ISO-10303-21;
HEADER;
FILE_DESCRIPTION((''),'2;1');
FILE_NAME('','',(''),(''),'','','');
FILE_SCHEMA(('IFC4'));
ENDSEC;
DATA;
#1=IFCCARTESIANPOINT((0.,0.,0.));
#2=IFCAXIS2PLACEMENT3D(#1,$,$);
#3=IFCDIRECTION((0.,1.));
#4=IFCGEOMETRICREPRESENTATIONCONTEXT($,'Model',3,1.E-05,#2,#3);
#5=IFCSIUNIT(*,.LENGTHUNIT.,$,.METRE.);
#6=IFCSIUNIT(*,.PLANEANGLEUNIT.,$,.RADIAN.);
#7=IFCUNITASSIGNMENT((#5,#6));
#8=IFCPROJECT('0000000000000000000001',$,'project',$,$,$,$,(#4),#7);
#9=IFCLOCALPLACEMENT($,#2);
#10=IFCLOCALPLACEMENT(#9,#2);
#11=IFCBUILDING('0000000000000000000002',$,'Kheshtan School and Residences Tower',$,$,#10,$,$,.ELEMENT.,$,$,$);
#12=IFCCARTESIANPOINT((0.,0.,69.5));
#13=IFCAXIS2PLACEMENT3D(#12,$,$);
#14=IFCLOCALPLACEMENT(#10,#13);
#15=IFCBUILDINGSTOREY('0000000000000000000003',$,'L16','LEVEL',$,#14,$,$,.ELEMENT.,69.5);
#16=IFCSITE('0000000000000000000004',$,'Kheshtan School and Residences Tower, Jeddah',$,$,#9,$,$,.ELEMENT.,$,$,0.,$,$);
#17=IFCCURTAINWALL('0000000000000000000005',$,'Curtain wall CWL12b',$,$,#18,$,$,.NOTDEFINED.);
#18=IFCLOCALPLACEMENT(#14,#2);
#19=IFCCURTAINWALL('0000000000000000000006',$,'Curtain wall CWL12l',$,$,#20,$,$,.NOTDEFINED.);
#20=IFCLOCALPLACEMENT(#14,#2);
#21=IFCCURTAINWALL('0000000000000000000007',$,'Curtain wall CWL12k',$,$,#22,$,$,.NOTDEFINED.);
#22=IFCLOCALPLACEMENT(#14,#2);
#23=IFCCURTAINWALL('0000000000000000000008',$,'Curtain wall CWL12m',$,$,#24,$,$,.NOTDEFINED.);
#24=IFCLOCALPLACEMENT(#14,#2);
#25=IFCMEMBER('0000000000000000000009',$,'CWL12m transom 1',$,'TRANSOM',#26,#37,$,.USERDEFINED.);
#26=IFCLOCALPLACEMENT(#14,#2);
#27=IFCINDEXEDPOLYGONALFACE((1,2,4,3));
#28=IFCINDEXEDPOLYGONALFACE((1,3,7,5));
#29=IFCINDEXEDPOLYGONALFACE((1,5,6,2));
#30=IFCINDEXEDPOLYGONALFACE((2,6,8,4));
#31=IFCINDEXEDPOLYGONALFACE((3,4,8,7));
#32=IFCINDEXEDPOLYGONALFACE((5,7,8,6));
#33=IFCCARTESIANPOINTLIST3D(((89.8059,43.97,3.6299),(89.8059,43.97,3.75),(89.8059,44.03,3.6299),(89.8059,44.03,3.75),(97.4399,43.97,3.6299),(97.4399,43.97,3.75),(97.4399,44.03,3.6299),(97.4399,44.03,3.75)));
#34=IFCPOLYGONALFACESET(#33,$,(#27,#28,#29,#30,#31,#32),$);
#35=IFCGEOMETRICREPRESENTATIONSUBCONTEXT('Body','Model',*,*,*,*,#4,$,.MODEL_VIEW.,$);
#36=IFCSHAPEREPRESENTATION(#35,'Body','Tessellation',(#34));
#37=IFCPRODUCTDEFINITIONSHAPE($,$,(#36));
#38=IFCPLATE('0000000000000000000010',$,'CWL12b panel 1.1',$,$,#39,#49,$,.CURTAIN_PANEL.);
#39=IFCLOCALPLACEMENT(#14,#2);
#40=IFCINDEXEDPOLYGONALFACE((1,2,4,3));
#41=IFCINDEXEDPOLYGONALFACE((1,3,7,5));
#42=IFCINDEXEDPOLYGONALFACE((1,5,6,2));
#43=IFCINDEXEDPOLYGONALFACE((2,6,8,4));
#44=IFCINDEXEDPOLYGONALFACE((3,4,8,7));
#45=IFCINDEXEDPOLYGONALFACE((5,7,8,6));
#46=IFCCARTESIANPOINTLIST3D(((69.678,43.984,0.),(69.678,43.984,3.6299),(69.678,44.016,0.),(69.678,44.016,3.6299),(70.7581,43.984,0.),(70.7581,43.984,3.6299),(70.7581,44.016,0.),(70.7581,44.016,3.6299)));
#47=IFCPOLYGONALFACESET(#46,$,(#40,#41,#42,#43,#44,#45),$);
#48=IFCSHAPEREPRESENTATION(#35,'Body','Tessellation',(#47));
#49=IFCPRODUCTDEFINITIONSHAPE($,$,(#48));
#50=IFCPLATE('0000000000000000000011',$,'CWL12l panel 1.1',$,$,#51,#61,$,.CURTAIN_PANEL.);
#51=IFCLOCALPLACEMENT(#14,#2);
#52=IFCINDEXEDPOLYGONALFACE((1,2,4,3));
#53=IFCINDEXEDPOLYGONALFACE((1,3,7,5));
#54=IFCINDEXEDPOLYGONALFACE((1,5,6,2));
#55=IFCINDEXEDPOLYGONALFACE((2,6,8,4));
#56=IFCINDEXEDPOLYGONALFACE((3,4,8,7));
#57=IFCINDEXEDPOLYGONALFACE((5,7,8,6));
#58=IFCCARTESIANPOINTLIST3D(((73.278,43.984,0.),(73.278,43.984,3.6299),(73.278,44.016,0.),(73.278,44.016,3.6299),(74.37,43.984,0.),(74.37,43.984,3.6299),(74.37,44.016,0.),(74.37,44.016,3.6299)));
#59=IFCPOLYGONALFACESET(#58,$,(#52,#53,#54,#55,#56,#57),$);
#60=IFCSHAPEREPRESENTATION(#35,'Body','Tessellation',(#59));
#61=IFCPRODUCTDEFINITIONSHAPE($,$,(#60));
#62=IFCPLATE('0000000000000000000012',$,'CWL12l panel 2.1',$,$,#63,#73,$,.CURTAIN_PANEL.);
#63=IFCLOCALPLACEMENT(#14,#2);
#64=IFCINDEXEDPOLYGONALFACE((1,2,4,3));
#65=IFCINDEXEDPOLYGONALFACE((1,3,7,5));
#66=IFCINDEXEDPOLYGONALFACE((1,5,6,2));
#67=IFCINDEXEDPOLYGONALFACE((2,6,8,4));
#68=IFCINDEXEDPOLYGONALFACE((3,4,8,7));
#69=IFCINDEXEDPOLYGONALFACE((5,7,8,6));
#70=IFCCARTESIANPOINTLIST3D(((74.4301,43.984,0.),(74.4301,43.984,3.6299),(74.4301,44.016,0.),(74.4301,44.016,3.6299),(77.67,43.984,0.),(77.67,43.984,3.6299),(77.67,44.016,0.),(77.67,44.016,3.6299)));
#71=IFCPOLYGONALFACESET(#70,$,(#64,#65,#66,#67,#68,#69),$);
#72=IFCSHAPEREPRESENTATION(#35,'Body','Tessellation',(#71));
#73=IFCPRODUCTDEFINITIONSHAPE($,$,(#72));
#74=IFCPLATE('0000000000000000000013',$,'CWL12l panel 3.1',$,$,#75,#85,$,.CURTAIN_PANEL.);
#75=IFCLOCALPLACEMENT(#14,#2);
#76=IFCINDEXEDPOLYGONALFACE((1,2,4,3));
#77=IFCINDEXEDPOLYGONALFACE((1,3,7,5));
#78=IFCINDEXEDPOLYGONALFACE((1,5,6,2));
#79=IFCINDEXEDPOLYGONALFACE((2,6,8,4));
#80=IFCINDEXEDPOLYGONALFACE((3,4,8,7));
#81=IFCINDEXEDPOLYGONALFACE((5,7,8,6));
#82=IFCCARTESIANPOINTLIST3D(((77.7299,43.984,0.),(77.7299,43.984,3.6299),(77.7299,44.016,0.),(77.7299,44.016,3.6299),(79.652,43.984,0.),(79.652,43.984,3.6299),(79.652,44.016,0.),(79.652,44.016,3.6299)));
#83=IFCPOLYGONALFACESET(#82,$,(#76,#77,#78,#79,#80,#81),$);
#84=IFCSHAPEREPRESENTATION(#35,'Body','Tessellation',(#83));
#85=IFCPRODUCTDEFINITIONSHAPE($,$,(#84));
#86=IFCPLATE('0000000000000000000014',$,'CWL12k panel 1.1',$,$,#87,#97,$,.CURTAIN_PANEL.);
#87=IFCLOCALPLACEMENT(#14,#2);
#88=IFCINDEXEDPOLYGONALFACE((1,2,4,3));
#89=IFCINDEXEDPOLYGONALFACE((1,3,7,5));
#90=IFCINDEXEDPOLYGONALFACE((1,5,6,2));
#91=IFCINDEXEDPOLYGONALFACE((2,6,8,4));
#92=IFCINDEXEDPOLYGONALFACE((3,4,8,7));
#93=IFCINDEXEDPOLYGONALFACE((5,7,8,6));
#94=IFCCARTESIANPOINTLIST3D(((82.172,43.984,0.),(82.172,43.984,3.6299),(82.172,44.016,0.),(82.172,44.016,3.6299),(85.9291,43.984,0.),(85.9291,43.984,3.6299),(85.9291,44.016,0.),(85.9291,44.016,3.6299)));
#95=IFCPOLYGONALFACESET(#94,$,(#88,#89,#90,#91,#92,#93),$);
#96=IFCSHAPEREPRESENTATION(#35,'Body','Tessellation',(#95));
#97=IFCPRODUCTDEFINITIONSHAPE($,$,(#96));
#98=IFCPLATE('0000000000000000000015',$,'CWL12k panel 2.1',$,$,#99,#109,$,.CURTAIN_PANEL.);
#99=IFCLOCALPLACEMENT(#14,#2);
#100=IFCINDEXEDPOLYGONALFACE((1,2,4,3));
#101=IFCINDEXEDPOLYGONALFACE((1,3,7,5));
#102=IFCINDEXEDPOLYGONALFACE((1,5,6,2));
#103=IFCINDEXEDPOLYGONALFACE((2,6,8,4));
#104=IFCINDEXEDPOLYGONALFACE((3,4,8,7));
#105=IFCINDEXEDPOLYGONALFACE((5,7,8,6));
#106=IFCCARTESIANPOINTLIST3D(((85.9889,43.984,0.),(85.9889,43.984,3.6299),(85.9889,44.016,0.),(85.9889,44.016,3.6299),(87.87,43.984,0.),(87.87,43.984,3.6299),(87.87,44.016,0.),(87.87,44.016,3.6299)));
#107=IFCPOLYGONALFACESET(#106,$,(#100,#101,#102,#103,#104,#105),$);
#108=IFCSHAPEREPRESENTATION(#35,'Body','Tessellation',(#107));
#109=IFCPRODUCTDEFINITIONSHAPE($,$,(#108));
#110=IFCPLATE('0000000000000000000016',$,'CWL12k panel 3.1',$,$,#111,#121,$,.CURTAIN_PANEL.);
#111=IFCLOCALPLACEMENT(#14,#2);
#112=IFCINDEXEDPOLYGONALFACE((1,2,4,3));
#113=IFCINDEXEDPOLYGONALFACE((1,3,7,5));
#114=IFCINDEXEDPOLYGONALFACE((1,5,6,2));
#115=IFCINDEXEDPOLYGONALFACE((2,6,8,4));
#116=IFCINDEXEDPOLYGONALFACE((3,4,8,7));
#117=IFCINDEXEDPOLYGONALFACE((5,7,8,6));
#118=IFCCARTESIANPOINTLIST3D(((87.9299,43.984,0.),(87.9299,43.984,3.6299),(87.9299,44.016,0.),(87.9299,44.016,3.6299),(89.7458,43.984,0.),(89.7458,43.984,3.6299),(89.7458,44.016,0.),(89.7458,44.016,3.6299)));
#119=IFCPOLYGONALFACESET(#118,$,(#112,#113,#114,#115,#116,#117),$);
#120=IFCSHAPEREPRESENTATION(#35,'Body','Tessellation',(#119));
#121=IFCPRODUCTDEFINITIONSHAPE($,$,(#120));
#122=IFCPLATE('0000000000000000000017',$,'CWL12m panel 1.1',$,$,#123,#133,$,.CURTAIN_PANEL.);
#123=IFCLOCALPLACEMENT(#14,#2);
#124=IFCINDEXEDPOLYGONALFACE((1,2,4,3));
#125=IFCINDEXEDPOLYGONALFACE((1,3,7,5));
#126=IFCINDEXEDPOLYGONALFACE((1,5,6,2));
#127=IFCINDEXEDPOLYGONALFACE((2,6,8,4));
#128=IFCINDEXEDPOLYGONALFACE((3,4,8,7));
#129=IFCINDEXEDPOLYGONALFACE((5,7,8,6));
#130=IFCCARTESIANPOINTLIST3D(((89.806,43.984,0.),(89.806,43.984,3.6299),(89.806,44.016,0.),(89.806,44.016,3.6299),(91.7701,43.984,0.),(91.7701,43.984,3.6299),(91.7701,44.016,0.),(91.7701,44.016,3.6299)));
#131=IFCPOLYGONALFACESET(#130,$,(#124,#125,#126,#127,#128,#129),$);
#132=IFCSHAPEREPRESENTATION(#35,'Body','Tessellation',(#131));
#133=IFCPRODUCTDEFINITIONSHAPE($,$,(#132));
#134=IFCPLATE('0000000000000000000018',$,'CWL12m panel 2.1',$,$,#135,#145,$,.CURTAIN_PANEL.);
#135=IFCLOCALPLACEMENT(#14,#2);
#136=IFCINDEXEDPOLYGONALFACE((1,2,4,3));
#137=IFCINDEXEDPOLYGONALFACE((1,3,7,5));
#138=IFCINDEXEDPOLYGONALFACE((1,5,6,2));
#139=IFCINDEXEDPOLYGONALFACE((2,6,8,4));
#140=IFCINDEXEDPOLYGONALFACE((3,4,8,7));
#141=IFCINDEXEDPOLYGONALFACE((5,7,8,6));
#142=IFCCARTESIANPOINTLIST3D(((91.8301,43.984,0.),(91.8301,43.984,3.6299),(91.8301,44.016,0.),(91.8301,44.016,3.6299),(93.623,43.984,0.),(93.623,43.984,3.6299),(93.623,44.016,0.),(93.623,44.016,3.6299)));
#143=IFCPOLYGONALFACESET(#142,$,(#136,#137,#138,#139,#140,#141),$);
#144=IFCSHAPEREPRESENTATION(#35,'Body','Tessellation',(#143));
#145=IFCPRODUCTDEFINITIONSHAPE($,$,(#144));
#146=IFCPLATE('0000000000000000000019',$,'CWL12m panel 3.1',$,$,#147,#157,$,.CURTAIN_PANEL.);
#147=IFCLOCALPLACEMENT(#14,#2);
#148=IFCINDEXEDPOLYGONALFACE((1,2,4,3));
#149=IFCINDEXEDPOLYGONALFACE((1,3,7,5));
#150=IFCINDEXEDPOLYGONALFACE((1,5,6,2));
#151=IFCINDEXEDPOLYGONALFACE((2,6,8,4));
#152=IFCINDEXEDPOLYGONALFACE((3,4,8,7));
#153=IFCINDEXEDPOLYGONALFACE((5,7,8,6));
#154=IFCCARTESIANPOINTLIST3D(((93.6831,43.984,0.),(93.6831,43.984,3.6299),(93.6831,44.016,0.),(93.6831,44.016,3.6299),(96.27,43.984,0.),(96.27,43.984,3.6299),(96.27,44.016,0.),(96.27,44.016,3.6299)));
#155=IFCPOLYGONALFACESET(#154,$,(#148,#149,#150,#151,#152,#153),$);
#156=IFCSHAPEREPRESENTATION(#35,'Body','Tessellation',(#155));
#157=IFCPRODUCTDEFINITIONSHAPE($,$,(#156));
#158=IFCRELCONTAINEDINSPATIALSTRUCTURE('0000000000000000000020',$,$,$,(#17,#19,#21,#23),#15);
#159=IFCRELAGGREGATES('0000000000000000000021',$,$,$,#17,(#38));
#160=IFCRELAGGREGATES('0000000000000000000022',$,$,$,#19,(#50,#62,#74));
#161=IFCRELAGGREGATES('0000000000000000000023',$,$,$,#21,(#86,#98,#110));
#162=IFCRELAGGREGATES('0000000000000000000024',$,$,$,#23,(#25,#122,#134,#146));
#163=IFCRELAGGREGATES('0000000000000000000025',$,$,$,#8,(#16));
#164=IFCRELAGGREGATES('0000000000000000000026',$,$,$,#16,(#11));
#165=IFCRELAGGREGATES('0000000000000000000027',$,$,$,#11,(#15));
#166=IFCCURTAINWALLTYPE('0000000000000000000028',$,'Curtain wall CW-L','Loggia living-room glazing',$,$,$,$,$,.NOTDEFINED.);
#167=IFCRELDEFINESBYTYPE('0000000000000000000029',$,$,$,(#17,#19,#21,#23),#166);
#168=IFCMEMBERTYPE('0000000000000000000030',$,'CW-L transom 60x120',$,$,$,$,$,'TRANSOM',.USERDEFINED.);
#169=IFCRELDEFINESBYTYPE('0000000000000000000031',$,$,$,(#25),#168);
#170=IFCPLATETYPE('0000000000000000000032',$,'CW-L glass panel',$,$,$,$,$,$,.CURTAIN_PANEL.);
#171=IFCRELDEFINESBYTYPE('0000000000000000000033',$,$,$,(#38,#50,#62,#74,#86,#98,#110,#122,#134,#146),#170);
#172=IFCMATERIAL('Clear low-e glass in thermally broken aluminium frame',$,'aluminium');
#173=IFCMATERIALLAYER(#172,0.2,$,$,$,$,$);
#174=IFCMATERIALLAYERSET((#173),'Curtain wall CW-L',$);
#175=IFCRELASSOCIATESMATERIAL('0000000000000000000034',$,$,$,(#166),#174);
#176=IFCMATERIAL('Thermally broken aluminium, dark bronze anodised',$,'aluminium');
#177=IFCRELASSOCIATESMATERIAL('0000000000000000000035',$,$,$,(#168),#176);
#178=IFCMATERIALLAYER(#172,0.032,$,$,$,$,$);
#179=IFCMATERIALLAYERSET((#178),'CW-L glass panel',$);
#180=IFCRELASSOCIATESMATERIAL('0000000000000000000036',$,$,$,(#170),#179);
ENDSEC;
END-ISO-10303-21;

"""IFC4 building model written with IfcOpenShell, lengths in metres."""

from ifc_helpers import new_model, si_unit, direction, frame, origin, origin_2d, place, context, subcontext, project, spatial, rectangle, extrude, material, layer, layer_set, material_profile, profile_set, type_object, element, aggregate, save


model = new_model("IFC4")

# Units and contexts
model_context = context("Model", 3, precision=1e-05, world=origin(), true_north=direction((0.0, 1.0)))
body_context = subcontext(model_context, "Body", "Model", "MODEL_VIEW")
ifc_project = project(units=[si_unit("LENGTHUNIT", "METRE"), si_unit("PLANEANGLEUNIT", "RADIAN")], contexts=[model_context])

# Site, building, storey
site_placement = place(None, origin())
site = spatial("IfcSite", under=ifc_project, at=site_placement, Name="Kheshtan School and Residences Tower, Jeddah", CompositionType="ELEMENT", RefElevation=0.0)
building_placement = place(site_placement, origin())
building = spatial("IfcBuilding", under=site, at=building_placement, Name="Kheshtan School and Residences Tower", CompositionType="ELEMENT")
storey_placement = place(building_placement, frame((0.0, 0.0, 69.5)))
storey = spatial("IfcBuildingStorey", under=building, at=storey_placement, Name="L16", Description="LEVEL", CompositionType="ELEMENT", Elevation=69.5)

# Curtain walls
ifc_material_1 = material(Name="Clear low-e glass in thermally broken aluminium frame", Category="aluminium")
ifc_layer_1 = layer(ifc_material_1, 0.2)
ifc_layer_set_1 = layer_set([ifc_layer_1], Name="Curtain wall CW-L")
curtain_wall_type = type_object("IfcCurtainWallType", Name="Curtain wall CW-L", Description="Loggia living-room glazing", PredefinedType="NOTDEFINED", material=ifc_layer_set_1)
curtain_wall_1_placement = place(storey_placement, origin())
curtain_wall_1 = element("IfcCurtainWall", 1, at=curtain_wall_1_placement, inside=storey, type_object=curtain_wall_type, Name="Curtain wall CWL12b", PredefinedType="NOTDEFINED")
ifc_material_2 = material(Name="Thermally broken aluminium, dark bronze anodised", Category="aluminium")
curtain_wall_2_placement = place(storey_placement, origin())
curtain_wall_2 = element("IfcCurtainWall", 2, at=curtain_wall_2_placement, inside=storey, type_object=curtain_wall_type, Name="Curtain wall CWL12l", PredefinedType="NOTDEFINED")
curtain_wall_3_placement = place(storey_placement, origin())
curtain_wall_3 = element("IfcCurtainWall", 3, at=curtain_wall_3_placement, inside=storey, type_object=curtain_wall_type, Name="Curtain wall CWL12k", PredefinedType="NOTDEFINED")
curtain_wall_4_placement = place(storey_placement, origin())
curtain_wall_4 = element("IfcCurtainWall", 4, at=curtain_wall_4_placement, inside=storey, type_object=curtain_wall_type, Name="Curtain wall CWL12m", PredefinedType="NOTDEFINED")

# Member
ifc_material_profile_1 = material_profile(ifc_material_2, rectangle(XDim=0.0601, YDim=0.1201, at=origin_2d()), Name="CW-L transom 60x120")
ifc_profile_set_1 = profile_set([ifc_material_profile_1], Name="Thermally broken aluminium, dark bronze anodised")
member_type_1 = type_object("IfcMemberType", Name="CW-L transom 60x120", ElementType="TRANSOM", PredefinedType="USERDEFINED", material=ifc_profile_set_1)
member_1_placement = place(storey_placement, frame((89.8059, 44.0, 3.6899), z_axis=(1.0, 0.0, 0.0), x_axis=(0.0, 1.0, 0.0)))
member_1 = element("IfcMember", 5, at=member_1_placement, type_object=member_type_1, Name="CWL12m transom 1", ObjectType="TRANSOM", PredefinedType="USERDEFINED", context=body_context, shape_type="SweptSolid", body=[
    extrude(rectangle(XDim=0.0601, YDim=0.1201, at=origin_2d()), origin(), (0.0, 0.0, 1.0), 7.634),
])

# Plates
ifc_layer_2 = layer(ifc_material_1, 0.032)
ifc_layer_set_2 = layer_set([ifc_layer_2], Name="CW-L glass panel")
plate_type = type_object("IfcPlateType", Name="CW-L glass panel", PredefinedType="CURTAIN_PANEL", material=ifc_layer_set_2)
plate_1_placement = place(storey_placement, frame((70.218, 44.0, 0.0), z_axis=(0.0, 0.0, 1.0), x_axis=(1.0, 0.0, 0.0)))
plate_1 = element("IfcPlate", 6, at=plate_1_placement, type_object=plate_type, Name="CWL12b panel 1.1", PredefinedType="CURTAIN_PANEL", context=body_context, shape_type="SweptSolid", body=[
    extrude(rectangle(XDim=1.0801, YDim=0.032, at=origin_2d()), origin(), (0.0, 0.0, 1.0), 3.6299),
])
aggregate(curtain_wall_1, [plate_1])
plate_2_placement = place(storey_placement, frame((73.824, 44.0, 0.0), z_axis=(0.0, 0.0, 1.0), x_axis=(1.0, 0.0, 0.0)))
plate_2 = element("IfcPlate", 7, at=plate_2_placement, type_object=plate_type, Name="CWL12l panel 1.1", PredefinedType="CURTAIN_PANEL", context=body_context, shape_type="SweptSolid", body=[
    extrude(rectangle(XDim=1.092, YDim=0.032, at=origin_2d()), origin(), (0.0, 0.0, 1.0), 3.6299),
])
plate_3_placement = place(storey_placement, frame((76.05, 44.0, 0.0), z_axis=(0.0, 0.0, 1.0), x_axis=(1.0, 0.0, 0.0)))
plate_3 = element("IfcPlate", 8, at=plate_3_placement, type_object=plate_type, Name="CWL12l panel 2.1", PredefinedType="CURTAIN_PANEL", context=body_context, shape_type="SweptSolid", body=[
    extrude(rectangle(XDim=3.24, YDim=0.032, at=origin_2d()), origin(), (0.0, 0.0, 1.0), 3.6299),
])
plate_4_placement = place(storey_placement, frame((78.6909, 44.0, 0.0), z_axis=(0.0, 0.0, 1.0), x_axis=(1.0, 0.0, 0.0)))
plate_4 = element("IfcPlate", 9, at=plate_4_placement, type_object=plate_type, Name="CWL12l panel 3.1", PredefinedType="CURTAIN_PANEL", context=body_context, shape_type="SweptSolid", body=[
    extrude(rectangle(XDim=1.9221, YDim=0.032, at=origin_2d()), origin(), (0.0, 0.0, 1.0), 3.6299),
])
aggregate(curtain_wall_2, [plate_2, plate_3, plate_4])
plate_5_placement = place(storey_placement, frame((84.0505, 44.0, 0.0), z_axis=(0.0, 0.0, 1.0), x_axis=(1.0, 0.0, 0.0)))
plate_5 = element("IfcPlate", 10, at=plate_5_placement, type_object=plate_type, Name="CWL12k panel 1.1", PredefinedType="CURTAIN_PANEL", context=body_context, shape_type="SweptSolid", body=[
    extrude(rectangle(XDim=3.7571, YDim=0.032, at=origin_2d()), origin(), (0.0, 0.0, 1.0), 3.6299),
])
plate_6_placement = place(storey_placement, frame((86.9294, 44.0, 0.0), z_axis=(0.0, 0.0, 1.0), x_axis=(1.0, 0.0, 0.0)))
plate_6 = element("IfcPlate", 11, at=plate_6_placement, type_object=plate_type, Name="CWL12k panel 2.1", PredefinedType="CURTAIN_PANEL", context=body_context, shape_type="SweptSolid", body=[
    extrude(rectangle(XDim=1.8811, YDim=0.032, at=origin_2d()), origin(), (0.0, 0.0, 1.0), 3.6299),
])
plate_7_placement = place(storey_placement, frame((88.8379, 44.0, 0.0), z_axis=(0.0, 0.0, 1.0), x_axis=(1.0, 0.0, 0.0)))
plate_7 = element("IfcPlate", 12, at=plate_7_placement, type_object=plate_type, Name="CWL12k panel 3.1", PredefinedType="CURTAIN_PANEL", context=body_context, shape_type="SweptSolid", body=[
    extrude(rectangle(XDim=1.8159, YDim=0.032, at=origin_2d()), origin(), (0.0, 0.0, 1.0), 3.6299),
])
aggregate(curtain_wall_3, [plate_5, plate_6, plate_7])
plate_8_placement = place(storey_placement, frame((90.7881, 44.0, 0.0), z_axis=(0.0, 0.0, 1.0), x_axis=(1.0, 0.0, 0.0)))
plate_8 = element("IfcPlate", 13, at=plate_8_placement, type_object=plate_type, Name="CWL12m panel 1.1", PredefinedType="CURTAIN_PANEL", context=body_context, shape_type="SweptSolid", body=[
    extrude(rectangle(XDim=1.9641, YDim=0.032, at=origin_2d()), origin(), (0.0, 0.0, 1.0), 3.6299),
])
plate_9_placement = place(storey_placement, frame((92.7266, 44.0, 0.0), z_axis=(0.0, 0.0, 1.0), x_axis=(1.0, 0.0, 0.0)))
plate_9 = element("IfcPlate", 14, at=plate_9_placement, type_object=plate_type, Name="CWL12m panel 2.1", PredefinedType="CURTAIN_PANEL", context=body_context, shape_type="SweptSolid", body=[
    extrude(rectangle(XDim=1.793, YDim=0.032, at=origin_2d()), origin(), (0.0, 0.0, 1.0), 3.6299),
])
plate_10_placement = place(storey_placement, frame((94.9766, 44.0, 0.0), z_axis=(0.0, 0.0, 1.0), x_axis=(1.0, 0.0, 0.0)))
plate_10 = element("IfcPlate", 15, at=plate_10_placement, type_object=plate_type, Name="CWL12m panel 3.1", PredefinedType="CURTAIN_PANEL", context=body_context, shape_type="SweptSolid", body=[
    extrude(rectangle(XDim=2.5869, YDim=0.032, at=origin_2d()), origin(), (0.0, 0.0, 1.0), 3.6299),
])
aggregate(curtain_wall_4, [member_1, plate_8, plate_9, plate_10])

save(model, "model.ifc")
